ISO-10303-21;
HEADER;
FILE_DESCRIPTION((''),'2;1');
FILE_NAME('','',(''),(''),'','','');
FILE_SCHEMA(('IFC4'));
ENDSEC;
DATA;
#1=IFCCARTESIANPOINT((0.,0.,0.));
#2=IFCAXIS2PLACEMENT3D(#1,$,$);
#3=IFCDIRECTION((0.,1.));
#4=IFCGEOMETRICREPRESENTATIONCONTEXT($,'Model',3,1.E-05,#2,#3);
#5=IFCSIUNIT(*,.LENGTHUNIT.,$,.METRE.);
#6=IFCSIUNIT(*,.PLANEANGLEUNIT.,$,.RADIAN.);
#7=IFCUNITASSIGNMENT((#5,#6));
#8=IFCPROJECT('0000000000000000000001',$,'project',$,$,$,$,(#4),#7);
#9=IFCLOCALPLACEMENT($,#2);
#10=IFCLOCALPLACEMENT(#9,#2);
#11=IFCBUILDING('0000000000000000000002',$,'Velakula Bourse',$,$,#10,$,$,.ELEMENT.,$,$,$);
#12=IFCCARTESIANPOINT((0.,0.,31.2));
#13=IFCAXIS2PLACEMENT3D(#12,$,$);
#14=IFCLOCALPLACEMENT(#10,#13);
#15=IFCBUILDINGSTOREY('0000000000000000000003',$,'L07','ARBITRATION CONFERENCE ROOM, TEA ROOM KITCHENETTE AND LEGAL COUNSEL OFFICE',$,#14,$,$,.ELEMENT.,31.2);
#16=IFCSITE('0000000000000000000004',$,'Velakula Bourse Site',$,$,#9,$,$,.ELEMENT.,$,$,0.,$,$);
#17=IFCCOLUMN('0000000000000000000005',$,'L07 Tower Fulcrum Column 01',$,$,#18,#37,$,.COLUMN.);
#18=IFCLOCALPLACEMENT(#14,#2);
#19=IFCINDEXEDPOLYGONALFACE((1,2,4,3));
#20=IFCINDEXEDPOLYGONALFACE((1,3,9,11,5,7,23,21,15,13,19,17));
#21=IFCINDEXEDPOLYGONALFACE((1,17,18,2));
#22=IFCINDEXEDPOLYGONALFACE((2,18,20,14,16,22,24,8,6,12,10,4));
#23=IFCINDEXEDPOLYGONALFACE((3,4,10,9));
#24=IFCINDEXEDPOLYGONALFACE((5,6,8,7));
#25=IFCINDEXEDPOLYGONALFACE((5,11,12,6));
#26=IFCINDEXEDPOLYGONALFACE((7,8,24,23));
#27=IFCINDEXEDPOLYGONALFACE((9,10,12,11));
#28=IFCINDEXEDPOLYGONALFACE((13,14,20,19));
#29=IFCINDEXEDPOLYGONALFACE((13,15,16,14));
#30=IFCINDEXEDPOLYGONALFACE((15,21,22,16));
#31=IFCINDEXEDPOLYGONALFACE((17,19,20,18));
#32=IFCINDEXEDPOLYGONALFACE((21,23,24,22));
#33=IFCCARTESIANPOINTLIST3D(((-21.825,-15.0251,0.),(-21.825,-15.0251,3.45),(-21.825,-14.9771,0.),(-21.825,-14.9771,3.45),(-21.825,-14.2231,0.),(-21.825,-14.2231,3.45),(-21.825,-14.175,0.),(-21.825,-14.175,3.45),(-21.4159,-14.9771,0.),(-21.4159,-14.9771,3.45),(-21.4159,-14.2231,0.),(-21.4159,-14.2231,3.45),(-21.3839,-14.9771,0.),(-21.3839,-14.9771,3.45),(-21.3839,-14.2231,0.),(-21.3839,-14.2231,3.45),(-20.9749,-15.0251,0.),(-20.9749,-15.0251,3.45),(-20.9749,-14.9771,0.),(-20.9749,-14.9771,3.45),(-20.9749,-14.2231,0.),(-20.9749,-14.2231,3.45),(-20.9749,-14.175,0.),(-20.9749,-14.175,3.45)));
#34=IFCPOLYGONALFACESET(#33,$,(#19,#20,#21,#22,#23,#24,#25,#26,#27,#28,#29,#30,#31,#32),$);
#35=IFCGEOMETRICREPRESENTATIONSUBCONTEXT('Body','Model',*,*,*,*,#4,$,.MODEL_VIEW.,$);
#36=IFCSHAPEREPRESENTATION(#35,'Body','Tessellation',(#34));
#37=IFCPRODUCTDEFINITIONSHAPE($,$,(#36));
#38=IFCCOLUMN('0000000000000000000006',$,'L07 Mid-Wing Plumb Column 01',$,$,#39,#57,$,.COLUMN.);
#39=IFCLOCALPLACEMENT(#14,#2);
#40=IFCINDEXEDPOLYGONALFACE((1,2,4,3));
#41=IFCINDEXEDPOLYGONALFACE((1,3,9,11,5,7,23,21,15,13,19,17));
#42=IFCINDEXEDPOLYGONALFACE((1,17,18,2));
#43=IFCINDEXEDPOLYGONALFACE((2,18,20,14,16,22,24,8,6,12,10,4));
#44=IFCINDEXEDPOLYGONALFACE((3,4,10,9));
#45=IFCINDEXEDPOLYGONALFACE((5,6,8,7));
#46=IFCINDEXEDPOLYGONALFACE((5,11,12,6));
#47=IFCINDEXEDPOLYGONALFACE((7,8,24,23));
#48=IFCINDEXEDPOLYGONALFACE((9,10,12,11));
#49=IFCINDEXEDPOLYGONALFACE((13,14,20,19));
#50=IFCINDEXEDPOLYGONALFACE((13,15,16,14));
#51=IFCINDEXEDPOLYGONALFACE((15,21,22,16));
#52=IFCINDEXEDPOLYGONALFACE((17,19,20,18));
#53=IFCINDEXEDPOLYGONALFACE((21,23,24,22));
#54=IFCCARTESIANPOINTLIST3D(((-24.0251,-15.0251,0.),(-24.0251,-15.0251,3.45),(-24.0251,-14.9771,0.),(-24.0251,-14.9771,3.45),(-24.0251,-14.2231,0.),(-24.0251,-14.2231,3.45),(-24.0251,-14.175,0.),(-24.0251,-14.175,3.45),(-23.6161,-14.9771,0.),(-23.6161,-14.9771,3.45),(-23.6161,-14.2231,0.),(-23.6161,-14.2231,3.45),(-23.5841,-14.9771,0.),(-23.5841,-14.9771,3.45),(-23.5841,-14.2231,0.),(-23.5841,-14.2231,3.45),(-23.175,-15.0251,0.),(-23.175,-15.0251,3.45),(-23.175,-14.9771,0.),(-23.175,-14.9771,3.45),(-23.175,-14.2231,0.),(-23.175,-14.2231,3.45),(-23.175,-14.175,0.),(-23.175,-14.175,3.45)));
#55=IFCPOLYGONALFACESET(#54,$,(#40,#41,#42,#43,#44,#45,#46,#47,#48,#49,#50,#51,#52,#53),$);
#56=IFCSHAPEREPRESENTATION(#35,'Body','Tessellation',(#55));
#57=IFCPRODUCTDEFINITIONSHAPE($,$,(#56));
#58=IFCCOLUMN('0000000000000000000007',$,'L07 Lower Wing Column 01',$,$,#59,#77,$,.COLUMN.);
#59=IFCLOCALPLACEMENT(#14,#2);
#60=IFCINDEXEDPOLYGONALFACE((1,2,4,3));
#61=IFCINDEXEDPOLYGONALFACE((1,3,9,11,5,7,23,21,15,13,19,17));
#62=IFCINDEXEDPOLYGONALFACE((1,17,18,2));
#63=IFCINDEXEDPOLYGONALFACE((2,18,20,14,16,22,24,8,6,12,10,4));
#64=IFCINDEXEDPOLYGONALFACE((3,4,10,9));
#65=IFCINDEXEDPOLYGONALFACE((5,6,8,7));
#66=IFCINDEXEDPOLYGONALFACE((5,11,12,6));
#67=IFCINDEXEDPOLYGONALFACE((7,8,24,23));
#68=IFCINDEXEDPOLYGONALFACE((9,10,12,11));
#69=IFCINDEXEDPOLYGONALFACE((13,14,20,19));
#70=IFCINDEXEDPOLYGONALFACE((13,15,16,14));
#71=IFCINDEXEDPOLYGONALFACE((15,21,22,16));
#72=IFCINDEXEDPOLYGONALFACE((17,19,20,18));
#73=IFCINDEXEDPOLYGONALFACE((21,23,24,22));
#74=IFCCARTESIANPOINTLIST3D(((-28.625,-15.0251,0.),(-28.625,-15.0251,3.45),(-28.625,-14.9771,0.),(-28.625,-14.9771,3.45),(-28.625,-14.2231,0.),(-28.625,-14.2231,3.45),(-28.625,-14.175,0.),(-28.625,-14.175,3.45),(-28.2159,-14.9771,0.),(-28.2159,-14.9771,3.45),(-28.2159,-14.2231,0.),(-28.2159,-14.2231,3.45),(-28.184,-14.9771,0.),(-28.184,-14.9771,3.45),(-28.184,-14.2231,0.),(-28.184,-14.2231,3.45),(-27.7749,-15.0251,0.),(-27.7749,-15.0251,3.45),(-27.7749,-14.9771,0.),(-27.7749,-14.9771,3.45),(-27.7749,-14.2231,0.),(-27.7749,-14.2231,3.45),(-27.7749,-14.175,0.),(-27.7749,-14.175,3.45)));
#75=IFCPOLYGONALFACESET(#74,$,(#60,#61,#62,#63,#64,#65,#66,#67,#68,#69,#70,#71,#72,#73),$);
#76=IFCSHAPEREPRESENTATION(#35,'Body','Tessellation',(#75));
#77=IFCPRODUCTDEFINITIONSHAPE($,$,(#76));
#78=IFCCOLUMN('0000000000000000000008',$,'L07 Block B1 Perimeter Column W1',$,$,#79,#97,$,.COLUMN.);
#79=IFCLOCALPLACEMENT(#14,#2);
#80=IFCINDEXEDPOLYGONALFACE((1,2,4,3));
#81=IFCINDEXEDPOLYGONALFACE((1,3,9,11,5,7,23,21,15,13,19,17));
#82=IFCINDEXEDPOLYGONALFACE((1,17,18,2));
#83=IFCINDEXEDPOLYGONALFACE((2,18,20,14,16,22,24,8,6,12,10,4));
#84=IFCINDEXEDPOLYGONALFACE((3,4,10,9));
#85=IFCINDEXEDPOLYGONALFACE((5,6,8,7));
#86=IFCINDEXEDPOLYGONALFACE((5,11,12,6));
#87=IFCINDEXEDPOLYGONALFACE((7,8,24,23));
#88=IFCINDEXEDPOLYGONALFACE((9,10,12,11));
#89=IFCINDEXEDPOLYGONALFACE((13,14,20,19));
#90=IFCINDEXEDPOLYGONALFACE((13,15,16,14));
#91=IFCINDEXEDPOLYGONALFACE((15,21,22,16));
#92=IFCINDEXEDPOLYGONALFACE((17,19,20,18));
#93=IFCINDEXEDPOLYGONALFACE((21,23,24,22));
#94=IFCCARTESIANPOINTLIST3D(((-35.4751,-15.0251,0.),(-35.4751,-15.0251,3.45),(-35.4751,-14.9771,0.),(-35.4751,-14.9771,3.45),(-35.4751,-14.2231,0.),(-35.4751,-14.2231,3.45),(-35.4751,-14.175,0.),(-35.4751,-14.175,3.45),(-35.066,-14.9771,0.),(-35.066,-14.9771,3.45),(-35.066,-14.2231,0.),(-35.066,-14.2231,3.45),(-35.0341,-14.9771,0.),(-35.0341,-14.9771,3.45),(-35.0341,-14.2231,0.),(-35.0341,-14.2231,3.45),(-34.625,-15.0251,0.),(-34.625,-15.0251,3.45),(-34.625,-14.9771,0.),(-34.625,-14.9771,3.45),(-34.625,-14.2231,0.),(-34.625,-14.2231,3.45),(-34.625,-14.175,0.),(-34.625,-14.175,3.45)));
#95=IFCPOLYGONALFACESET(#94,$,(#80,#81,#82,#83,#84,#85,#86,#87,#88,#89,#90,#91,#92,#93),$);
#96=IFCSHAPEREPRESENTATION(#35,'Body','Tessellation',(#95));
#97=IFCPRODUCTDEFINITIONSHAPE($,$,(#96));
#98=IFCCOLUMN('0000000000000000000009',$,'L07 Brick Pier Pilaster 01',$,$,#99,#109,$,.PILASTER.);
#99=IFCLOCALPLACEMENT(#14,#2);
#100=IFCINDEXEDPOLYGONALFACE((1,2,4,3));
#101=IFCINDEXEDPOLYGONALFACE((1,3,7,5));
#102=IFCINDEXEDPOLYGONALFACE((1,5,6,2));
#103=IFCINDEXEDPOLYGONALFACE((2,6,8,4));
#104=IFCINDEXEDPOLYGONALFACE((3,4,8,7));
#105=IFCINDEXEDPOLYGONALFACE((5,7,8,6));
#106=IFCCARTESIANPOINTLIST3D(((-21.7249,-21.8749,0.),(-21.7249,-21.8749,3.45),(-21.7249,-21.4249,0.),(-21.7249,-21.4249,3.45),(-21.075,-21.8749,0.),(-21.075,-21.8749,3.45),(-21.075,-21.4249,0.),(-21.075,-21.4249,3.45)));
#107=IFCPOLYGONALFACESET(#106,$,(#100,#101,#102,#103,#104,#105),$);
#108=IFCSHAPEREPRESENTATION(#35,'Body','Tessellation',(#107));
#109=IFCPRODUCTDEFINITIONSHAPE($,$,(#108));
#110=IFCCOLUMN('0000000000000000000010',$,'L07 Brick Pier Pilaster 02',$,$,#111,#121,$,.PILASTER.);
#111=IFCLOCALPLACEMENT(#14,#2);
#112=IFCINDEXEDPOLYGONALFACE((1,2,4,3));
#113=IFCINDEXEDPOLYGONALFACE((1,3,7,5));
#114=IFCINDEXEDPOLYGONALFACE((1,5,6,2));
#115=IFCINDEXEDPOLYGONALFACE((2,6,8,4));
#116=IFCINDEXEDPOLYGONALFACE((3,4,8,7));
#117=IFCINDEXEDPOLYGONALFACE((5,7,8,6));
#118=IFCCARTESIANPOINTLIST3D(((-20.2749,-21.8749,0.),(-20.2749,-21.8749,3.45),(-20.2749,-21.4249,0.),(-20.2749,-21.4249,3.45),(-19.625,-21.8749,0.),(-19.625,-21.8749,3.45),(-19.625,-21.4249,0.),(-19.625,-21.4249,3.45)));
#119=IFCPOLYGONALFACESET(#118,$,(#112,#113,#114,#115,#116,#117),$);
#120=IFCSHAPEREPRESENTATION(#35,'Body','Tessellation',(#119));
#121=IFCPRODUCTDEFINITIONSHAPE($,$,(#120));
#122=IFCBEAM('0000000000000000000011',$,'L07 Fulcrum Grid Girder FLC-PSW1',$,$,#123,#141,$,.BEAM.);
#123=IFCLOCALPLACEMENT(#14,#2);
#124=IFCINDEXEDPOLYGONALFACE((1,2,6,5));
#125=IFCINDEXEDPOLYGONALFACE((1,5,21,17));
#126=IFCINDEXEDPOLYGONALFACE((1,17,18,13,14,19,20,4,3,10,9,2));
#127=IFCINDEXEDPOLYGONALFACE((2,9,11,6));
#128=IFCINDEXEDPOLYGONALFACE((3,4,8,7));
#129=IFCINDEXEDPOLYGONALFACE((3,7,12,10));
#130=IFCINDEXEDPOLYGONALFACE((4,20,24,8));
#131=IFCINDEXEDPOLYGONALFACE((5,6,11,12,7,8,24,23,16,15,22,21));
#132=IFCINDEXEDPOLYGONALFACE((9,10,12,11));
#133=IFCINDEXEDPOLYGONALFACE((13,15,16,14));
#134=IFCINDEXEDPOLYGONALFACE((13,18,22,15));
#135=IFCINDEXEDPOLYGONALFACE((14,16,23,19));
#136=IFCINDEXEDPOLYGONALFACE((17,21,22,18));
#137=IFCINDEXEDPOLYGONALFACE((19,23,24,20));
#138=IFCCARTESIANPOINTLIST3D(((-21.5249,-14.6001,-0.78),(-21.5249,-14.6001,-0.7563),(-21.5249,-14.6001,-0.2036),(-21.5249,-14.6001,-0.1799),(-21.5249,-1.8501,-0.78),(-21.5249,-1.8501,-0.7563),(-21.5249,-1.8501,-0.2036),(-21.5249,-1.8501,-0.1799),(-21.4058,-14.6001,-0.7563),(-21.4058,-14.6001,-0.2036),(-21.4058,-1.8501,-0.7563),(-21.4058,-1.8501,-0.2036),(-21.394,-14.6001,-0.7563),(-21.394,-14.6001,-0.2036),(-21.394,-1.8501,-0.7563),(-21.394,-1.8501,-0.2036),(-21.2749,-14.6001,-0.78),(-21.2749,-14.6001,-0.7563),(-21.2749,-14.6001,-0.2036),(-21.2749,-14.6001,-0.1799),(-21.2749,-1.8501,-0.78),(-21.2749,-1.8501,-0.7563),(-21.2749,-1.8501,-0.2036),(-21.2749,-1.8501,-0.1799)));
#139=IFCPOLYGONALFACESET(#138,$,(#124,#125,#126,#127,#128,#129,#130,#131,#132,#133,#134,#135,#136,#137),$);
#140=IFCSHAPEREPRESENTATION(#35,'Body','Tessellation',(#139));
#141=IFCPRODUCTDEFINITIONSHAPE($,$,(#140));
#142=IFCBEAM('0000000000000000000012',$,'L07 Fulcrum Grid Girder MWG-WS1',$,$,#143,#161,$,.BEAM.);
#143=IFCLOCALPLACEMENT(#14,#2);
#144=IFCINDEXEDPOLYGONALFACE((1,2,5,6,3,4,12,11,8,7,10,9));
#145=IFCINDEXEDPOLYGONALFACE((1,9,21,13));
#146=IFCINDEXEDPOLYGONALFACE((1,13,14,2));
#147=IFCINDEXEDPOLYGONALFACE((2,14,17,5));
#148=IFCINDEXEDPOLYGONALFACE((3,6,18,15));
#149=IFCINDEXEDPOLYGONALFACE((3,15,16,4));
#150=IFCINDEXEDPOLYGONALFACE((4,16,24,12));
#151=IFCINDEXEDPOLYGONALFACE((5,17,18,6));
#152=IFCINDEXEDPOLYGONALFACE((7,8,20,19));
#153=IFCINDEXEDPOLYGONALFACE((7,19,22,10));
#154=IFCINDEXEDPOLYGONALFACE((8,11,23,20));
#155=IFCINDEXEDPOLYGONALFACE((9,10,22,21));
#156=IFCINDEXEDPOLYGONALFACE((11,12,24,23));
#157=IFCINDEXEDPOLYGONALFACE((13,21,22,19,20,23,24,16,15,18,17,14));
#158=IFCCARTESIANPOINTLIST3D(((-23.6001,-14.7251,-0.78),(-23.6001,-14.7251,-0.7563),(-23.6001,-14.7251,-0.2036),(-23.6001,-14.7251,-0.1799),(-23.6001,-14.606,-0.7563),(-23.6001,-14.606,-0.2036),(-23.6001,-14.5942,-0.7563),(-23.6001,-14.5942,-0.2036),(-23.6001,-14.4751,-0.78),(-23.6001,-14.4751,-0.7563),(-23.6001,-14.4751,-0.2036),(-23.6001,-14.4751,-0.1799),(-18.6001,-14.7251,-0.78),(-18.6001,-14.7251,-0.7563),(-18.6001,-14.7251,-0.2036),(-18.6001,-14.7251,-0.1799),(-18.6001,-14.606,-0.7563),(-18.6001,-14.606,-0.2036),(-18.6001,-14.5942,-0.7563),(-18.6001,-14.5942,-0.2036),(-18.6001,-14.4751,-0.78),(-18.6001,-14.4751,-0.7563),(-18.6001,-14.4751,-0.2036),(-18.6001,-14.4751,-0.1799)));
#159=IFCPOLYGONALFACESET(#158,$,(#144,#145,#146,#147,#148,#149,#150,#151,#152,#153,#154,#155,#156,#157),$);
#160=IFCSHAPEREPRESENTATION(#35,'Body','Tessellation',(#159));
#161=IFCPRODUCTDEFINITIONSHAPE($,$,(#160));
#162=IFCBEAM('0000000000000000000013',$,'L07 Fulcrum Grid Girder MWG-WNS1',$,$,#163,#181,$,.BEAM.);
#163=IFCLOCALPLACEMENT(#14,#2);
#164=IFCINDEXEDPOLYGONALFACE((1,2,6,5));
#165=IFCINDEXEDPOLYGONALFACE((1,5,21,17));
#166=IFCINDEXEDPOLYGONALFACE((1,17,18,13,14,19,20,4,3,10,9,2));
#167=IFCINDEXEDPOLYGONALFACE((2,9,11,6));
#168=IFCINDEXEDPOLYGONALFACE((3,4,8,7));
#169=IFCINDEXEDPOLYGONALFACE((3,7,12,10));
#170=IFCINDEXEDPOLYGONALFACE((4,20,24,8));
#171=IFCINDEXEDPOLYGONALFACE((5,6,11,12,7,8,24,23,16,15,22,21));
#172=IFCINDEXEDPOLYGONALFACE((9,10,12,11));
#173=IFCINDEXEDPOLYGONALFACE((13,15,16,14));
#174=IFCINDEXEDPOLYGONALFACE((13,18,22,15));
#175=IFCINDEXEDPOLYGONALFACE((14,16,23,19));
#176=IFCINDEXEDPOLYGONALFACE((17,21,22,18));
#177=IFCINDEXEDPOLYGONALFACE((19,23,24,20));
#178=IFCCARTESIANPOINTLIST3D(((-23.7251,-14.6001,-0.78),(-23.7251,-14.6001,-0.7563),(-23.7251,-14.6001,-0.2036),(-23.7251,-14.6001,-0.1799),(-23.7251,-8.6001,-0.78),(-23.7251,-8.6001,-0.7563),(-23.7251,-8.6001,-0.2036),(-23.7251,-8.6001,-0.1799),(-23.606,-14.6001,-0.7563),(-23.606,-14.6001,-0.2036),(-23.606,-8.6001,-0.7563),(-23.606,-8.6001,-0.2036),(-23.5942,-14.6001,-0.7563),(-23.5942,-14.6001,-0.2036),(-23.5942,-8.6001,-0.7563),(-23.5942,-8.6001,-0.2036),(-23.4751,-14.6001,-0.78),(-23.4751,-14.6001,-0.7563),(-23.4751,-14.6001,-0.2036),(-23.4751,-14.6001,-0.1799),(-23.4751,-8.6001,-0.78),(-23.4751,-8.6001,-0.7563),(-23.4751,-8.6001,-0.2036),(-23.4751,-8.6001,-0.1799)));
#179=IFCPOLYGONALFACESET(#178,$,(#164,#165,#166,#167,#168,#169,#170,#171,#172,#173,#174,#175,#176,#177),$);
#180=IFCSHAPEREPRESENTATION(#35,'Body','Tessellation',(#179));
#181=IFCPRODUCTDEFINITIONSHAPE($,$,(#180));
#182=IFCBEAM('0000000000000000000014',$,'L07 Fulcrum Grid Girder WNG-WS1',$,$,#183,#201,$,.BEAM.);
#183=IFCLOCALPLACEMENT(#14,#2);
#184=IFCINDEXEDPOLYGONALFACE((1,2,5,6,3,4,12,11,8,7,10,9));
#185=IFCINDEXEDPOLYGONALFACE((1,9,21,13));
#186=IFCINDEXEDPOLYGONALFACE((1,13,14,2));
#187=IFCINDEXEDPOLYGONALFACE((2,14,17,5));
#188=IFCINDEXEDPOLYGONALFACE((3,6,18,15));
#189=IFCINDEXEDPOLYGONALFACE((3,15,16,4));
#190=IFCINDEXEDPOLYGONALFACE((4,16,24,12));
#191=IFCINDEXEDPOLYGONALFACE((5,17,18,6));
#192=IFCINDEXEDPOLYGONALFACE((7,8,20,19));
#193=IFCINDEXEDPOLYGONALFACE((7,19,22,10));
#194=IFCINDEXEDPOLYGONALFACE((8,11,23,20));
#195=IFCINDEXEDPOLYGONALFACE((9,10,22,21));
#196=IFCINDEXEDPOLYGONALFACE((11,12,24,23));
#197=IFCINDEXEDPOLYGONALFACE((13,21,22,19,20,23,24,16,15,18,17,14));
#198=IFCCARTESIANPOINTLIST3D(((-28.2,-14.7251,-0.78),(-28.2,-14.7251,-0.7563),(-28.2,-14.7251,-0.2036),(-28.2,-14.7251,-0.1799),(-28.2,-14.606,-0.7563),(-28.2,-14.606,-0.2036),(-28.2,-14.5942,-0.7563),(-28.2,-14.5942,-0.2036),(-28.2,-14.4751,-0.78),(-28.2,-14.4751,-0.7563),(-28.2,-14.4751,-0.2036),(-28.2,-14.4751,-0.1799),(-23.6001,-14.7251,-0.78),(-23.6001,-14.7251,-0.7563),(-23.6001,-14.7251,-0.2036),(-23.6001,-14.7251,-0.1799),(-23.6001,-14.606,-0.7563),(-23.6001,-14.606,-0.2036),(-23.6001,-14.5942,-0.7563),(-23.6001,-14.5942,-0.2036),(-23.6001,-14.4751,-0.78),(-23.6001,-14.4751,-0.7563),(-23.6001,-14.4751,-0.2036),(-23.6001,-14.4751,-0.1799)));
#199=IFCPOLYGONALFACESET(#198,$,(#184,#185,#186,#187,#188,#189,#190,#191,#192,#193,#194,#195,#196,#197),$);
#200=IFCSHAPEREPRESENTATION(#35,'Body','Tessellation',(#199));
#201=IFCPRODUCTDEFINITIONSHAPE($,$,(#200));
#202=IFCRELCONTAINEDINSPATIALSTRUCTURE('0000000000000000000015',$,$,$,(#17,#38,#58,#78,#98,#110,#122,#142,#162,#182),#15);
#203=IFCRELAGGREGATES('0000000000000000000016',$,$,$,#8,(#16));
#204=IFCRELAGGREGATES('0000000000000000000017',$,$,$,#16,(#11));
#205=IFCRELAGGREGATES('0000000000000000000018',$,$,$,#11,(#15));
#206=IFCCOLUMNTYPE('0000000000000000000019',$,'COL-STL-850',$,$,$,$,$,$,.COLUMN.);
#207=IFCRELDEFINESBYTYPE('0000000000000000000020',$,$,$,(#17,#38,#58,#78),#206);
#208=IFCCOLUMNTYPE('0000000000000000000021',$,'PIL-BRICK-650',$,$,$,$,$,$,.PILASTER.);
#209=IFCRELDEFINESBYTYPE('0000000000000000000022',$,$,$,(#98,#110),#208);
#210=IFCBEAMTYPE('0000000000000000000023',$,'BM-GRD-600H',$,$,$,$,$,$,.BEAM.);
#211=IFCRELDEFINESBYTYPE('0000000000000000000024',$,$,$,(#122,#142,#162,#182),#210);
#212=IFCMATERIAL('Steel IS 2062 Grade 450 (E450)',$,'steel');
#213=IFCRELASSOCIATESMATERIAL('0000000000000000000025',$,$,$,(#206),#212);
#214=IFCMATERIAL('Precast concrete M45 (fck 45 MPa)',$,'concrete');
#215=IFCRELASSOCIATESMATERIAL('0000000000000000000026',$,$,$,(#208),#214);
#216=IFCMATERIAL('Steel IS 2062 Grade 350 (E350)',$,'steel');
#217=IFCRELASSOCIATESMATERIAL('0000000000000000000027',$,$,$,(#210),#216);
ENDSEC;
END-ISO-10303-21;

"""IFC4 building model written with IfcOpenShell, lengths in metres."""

from ifc_helpers import new_model, si_unit, direction, frame, origin, origin_2d, place, context, subcontext, project, spatial, rectangle, i_section, extrude, material, material_profile, profile_set, type_object, element, save


model = new_model("IFC4")

# Units and contexts
model_context = context("Model", 3, precision=1e-05, world=origin(), true_north=direction((0.0, 1.0)))
body_context = subcontext(model_context, "Body", "Model", "MODEL_VIEW")
ifc_project = project(units=[si_unit("LENGTHUNIT", "METRE"), si_unit("PLANEANGLEUNIT", "RADIAN")], contexts=[model_context])

# Site, building, storey
site_placement = place(None, origin())
site = spatial("IfcSite", under=ifc_project, at=site_placement, Name="Velakula Bourse Site", CompositionType="ELEMENT", RefElevation=0.0)
building_placement = place(site_placement, origin())
building = spatial("IfcBuilding", under=site, at=building_placement, Name="Velakula Bourse", CompositionType="ELEMENT")
storey_placement = place(building_placement, frame((0.0, 0.0, 31.2)))
storey = spatial("IfcBuildingStorey", under=building, at=storey_placement, Name="L07", Description="ARBITRATION CONFERENCE ROOM, TEA ROOM KITCHENETTE AND LEGAL COUNSEL OFFICE", CompositionType="ELEMENT", Elevation=31.2)

# Columns
ifc_material_1 = material(Name="Steel IS 2062 Grade 450 (E450)", Category="steel")
ifc_material_profile_1 = material_profile(ifc_material_1, i_section(OverallWidth=0.8501, OverallDepth=0.8501, WebThickness=0.032, FlangeThickness=0.0481, at=origin_2d()), Name="Steel IS 2062 Grade 450 (E450)")
ifc_profile_set_1 = profile_set([ifc_material_profile_1], Name="Steel IS 2062 Grade 450 (E450)")
column_type_1 = type_object("IfcColumnType", Name="COL-STL-850", PredefinedType="COLUMN", material=ifc_profile_set_1)
for number, where, z_axis, x_axis, name in (
    (1, (-21.3999, -14.6001, 0.0), (0.0, 0.0, 1.0), (1.0, 0.0, 0.0), "L07 Tower Fulcrum Column 01"),
    (2, (-23.6001, -14.6001, 0.0), (0.0, 0.0, 1.0), (1.0, 0.0, 0.0), "L07 Mid-Wing Plumb Column 01"),
    (3, (-28.2, -14.6001, 0.0), (0.0, 0.0, 1.0), (1.0, 0.0, 0.0), "L07 Lower Wing Column 01"),
    (4, (-35.05, -14.6001, 0.0), (0.0, 0.0, 1.0), (1.0, 0.0, 0.0), "L07 Block B1 Perimeter Column W1"),
):
    element("IfcColumn", number, at=place(storey_placement, frame(where, z_axis=z_axis, x_axis=x_axis)), inside=storey, type_object=column_type_1, Name=name, PredefinedType="COLUMN", context=body_context, shape_type="SweptSolid", body=[
        extrude(i_section(OverallWidth=0.8501, OverallDepth=0.8501, WebThickness=0.032, FlangeThickness=0.0481, at=origin_2d()), origin(), (0.0, 0.0, 1.0), 3.45),
    ])
ifc_material_2 = material(Name="Precast concrete M45 (fck 45 MPa)", Category="concrete")
ifc_material_profile_2 = material_profile(ifc_material_2, rectangle(XDim=0.6499, YDim=0.45, at=origin_2d()), Name="Precast concrete M45 (fck 45 MPa)")
ifc_profile_set_2 = profile_set([ifc_material_profile_2], Name="Precast concrete M45 (fck 45 MPa)")
column_type_2 = type_object("IfcColumnType", Name="PIL-BRICK-650", PredefinedType="PILASTER", material=ifc_profile_set_2)
for number, where, z_axis, x_axis, name in (
    (5, (-21.3999, -21.6499, 0.0), (0.0, 0.0, 1.0), (1.0, 0.0, 0.0), "L07 Brick Pier Pilaster 01"),
    (6, (-19.95, -21.6499, 0.0), (0.0, 0.0, 1.0), (1.0, 0.0, 0.0), "L07 Brick Pier Pilaster 02"),
):
    element("IfcColumn", number, at=place(storey_placement, frame(where, z_axis=z_axis, x_axis=x_axis)), inside=storey, type_object=column_type_2, Name=name, PredefinedType="PILASTER", context=body_context, shape_type="SweptSolid", body=[
        extrude(rectangle(XDim=0.6499, YDim=0.45, at=origin_2d()), origin(), (0.0, 0.0, 1.0), 3.45),
    ])

# Beams
ifc_material_3 = material(Name="Steel IS 2062 Grade 350 (E350)", Category="steel")
ifc_material_profile_3 = material_profile(ifc_material_3, i_section(OverallWidth=0.25, OverallDepth=0.6001, WebThickness=0.0117, FlangeThickness=0.0237, at=origin_2d()), Name="Steel IS 2062 Grade 350 (E350)")
ifc_profile_set_3 = profile_set([ifc_material_profile_3], Name="Steel IS 2062 Grade 350 (E350)")
beam_type_1 = type_object("IfcBeamType", Name="BM-GRD-600H", PredefinedType="BEAM", material=ifc_profile_set_3)
beam_1_placement = place(storey_placement, frame((-21.3999, -14.6001, -0.48), z_axis=(0.0, 1.0, 0.0), x_axis=(-1.0, 0.0, 0.0)))
element("IfcBeam", 7, at=beam_1_placement, inside=storey, type_object=beam_type_1, Name="L07 Fulcrum Grid Girder FLC-PSW1", PredefinedType="BEAM", context=body_context, shape_type="SweptSolid", body=[
    extrude(i_section(OverallWidth=0.25, OverallDepth=0.6001, WebThickness=0.0117, FlangeThickness=0.0237, at=origin_2d()), origin(), (0.0, 0.0, 1.0), 12.75),
])
beam_2_placement = place(storey_placement, frame((-23.6001, -14.6001, -0.48), z_axis=(1.0, 0.0, 0.0), x_axis=(0.0, 1.0, 0.0)))
element("IfcBeam", 8, at=beam_2_placement, inside=storey, type_object=beam_type_1, Name="L07 Fulcrum Grid Girder MWG-WS1", PredefinedType="BEAM", context=body_context, shape_type="SweptSolid", body=[
    extrude(i_section(OverallWidth=0.25, OverallDepth=0.6001, WebThickness=0.0117, FlangeThickness=0.0237, at=origin_2d()), origin(), (0.0, 0.0, 1.0), 5.0),
])
beam_3_placement = place(storey_placement, frame((-23.6001, -14.6001, -0.48), z_axis=(0.0, 1.0, 0.0), x_axis=(-1.0, 0.0, 0.0)))
element("IfcBeam", 9, at=beam_3_placement, inside=storey, type_object=beam_type_1, Name="L07 Fulcrum Grid Girder MWG-WNS1", PredefinedType="BEAM", context=body_context, shape_type="SweptSolid", body=[
    extrude(i_section(OverallWidth=0.25, OverallDepth=0.6001, WebThickness=0.0117, FlangeThickness=0.0237, at=origin_2d()), origin(), (0.0, 0.0, 1.0), 6.0),
])
beam_4_placement = place(storey_placement, frame((-28.2, -14.6001, -0.48), z_axis=(1.0, 0.0, 0.0), x_axis=(0.0, 1.0, 0.0)))
element("IfcBeam", 10, at=beam_4_placement, inside=storey, type_object=beam_type_1, Name="L07 Fulcrum Grid Girder WNG-WS1", PredefinedType="BEAM", context=body_context, shape_type="SweptSolid", body=[
    extrude(i_section(OverallWidth=0.25, OverallDepth=0.6001, WebThickness=0.0117, FlangeThickness=0.0237, at=origin_2d()), origin(), (0.0, 0.0, 1.0), 4.5999),
])

save(model, "model.ifc")
